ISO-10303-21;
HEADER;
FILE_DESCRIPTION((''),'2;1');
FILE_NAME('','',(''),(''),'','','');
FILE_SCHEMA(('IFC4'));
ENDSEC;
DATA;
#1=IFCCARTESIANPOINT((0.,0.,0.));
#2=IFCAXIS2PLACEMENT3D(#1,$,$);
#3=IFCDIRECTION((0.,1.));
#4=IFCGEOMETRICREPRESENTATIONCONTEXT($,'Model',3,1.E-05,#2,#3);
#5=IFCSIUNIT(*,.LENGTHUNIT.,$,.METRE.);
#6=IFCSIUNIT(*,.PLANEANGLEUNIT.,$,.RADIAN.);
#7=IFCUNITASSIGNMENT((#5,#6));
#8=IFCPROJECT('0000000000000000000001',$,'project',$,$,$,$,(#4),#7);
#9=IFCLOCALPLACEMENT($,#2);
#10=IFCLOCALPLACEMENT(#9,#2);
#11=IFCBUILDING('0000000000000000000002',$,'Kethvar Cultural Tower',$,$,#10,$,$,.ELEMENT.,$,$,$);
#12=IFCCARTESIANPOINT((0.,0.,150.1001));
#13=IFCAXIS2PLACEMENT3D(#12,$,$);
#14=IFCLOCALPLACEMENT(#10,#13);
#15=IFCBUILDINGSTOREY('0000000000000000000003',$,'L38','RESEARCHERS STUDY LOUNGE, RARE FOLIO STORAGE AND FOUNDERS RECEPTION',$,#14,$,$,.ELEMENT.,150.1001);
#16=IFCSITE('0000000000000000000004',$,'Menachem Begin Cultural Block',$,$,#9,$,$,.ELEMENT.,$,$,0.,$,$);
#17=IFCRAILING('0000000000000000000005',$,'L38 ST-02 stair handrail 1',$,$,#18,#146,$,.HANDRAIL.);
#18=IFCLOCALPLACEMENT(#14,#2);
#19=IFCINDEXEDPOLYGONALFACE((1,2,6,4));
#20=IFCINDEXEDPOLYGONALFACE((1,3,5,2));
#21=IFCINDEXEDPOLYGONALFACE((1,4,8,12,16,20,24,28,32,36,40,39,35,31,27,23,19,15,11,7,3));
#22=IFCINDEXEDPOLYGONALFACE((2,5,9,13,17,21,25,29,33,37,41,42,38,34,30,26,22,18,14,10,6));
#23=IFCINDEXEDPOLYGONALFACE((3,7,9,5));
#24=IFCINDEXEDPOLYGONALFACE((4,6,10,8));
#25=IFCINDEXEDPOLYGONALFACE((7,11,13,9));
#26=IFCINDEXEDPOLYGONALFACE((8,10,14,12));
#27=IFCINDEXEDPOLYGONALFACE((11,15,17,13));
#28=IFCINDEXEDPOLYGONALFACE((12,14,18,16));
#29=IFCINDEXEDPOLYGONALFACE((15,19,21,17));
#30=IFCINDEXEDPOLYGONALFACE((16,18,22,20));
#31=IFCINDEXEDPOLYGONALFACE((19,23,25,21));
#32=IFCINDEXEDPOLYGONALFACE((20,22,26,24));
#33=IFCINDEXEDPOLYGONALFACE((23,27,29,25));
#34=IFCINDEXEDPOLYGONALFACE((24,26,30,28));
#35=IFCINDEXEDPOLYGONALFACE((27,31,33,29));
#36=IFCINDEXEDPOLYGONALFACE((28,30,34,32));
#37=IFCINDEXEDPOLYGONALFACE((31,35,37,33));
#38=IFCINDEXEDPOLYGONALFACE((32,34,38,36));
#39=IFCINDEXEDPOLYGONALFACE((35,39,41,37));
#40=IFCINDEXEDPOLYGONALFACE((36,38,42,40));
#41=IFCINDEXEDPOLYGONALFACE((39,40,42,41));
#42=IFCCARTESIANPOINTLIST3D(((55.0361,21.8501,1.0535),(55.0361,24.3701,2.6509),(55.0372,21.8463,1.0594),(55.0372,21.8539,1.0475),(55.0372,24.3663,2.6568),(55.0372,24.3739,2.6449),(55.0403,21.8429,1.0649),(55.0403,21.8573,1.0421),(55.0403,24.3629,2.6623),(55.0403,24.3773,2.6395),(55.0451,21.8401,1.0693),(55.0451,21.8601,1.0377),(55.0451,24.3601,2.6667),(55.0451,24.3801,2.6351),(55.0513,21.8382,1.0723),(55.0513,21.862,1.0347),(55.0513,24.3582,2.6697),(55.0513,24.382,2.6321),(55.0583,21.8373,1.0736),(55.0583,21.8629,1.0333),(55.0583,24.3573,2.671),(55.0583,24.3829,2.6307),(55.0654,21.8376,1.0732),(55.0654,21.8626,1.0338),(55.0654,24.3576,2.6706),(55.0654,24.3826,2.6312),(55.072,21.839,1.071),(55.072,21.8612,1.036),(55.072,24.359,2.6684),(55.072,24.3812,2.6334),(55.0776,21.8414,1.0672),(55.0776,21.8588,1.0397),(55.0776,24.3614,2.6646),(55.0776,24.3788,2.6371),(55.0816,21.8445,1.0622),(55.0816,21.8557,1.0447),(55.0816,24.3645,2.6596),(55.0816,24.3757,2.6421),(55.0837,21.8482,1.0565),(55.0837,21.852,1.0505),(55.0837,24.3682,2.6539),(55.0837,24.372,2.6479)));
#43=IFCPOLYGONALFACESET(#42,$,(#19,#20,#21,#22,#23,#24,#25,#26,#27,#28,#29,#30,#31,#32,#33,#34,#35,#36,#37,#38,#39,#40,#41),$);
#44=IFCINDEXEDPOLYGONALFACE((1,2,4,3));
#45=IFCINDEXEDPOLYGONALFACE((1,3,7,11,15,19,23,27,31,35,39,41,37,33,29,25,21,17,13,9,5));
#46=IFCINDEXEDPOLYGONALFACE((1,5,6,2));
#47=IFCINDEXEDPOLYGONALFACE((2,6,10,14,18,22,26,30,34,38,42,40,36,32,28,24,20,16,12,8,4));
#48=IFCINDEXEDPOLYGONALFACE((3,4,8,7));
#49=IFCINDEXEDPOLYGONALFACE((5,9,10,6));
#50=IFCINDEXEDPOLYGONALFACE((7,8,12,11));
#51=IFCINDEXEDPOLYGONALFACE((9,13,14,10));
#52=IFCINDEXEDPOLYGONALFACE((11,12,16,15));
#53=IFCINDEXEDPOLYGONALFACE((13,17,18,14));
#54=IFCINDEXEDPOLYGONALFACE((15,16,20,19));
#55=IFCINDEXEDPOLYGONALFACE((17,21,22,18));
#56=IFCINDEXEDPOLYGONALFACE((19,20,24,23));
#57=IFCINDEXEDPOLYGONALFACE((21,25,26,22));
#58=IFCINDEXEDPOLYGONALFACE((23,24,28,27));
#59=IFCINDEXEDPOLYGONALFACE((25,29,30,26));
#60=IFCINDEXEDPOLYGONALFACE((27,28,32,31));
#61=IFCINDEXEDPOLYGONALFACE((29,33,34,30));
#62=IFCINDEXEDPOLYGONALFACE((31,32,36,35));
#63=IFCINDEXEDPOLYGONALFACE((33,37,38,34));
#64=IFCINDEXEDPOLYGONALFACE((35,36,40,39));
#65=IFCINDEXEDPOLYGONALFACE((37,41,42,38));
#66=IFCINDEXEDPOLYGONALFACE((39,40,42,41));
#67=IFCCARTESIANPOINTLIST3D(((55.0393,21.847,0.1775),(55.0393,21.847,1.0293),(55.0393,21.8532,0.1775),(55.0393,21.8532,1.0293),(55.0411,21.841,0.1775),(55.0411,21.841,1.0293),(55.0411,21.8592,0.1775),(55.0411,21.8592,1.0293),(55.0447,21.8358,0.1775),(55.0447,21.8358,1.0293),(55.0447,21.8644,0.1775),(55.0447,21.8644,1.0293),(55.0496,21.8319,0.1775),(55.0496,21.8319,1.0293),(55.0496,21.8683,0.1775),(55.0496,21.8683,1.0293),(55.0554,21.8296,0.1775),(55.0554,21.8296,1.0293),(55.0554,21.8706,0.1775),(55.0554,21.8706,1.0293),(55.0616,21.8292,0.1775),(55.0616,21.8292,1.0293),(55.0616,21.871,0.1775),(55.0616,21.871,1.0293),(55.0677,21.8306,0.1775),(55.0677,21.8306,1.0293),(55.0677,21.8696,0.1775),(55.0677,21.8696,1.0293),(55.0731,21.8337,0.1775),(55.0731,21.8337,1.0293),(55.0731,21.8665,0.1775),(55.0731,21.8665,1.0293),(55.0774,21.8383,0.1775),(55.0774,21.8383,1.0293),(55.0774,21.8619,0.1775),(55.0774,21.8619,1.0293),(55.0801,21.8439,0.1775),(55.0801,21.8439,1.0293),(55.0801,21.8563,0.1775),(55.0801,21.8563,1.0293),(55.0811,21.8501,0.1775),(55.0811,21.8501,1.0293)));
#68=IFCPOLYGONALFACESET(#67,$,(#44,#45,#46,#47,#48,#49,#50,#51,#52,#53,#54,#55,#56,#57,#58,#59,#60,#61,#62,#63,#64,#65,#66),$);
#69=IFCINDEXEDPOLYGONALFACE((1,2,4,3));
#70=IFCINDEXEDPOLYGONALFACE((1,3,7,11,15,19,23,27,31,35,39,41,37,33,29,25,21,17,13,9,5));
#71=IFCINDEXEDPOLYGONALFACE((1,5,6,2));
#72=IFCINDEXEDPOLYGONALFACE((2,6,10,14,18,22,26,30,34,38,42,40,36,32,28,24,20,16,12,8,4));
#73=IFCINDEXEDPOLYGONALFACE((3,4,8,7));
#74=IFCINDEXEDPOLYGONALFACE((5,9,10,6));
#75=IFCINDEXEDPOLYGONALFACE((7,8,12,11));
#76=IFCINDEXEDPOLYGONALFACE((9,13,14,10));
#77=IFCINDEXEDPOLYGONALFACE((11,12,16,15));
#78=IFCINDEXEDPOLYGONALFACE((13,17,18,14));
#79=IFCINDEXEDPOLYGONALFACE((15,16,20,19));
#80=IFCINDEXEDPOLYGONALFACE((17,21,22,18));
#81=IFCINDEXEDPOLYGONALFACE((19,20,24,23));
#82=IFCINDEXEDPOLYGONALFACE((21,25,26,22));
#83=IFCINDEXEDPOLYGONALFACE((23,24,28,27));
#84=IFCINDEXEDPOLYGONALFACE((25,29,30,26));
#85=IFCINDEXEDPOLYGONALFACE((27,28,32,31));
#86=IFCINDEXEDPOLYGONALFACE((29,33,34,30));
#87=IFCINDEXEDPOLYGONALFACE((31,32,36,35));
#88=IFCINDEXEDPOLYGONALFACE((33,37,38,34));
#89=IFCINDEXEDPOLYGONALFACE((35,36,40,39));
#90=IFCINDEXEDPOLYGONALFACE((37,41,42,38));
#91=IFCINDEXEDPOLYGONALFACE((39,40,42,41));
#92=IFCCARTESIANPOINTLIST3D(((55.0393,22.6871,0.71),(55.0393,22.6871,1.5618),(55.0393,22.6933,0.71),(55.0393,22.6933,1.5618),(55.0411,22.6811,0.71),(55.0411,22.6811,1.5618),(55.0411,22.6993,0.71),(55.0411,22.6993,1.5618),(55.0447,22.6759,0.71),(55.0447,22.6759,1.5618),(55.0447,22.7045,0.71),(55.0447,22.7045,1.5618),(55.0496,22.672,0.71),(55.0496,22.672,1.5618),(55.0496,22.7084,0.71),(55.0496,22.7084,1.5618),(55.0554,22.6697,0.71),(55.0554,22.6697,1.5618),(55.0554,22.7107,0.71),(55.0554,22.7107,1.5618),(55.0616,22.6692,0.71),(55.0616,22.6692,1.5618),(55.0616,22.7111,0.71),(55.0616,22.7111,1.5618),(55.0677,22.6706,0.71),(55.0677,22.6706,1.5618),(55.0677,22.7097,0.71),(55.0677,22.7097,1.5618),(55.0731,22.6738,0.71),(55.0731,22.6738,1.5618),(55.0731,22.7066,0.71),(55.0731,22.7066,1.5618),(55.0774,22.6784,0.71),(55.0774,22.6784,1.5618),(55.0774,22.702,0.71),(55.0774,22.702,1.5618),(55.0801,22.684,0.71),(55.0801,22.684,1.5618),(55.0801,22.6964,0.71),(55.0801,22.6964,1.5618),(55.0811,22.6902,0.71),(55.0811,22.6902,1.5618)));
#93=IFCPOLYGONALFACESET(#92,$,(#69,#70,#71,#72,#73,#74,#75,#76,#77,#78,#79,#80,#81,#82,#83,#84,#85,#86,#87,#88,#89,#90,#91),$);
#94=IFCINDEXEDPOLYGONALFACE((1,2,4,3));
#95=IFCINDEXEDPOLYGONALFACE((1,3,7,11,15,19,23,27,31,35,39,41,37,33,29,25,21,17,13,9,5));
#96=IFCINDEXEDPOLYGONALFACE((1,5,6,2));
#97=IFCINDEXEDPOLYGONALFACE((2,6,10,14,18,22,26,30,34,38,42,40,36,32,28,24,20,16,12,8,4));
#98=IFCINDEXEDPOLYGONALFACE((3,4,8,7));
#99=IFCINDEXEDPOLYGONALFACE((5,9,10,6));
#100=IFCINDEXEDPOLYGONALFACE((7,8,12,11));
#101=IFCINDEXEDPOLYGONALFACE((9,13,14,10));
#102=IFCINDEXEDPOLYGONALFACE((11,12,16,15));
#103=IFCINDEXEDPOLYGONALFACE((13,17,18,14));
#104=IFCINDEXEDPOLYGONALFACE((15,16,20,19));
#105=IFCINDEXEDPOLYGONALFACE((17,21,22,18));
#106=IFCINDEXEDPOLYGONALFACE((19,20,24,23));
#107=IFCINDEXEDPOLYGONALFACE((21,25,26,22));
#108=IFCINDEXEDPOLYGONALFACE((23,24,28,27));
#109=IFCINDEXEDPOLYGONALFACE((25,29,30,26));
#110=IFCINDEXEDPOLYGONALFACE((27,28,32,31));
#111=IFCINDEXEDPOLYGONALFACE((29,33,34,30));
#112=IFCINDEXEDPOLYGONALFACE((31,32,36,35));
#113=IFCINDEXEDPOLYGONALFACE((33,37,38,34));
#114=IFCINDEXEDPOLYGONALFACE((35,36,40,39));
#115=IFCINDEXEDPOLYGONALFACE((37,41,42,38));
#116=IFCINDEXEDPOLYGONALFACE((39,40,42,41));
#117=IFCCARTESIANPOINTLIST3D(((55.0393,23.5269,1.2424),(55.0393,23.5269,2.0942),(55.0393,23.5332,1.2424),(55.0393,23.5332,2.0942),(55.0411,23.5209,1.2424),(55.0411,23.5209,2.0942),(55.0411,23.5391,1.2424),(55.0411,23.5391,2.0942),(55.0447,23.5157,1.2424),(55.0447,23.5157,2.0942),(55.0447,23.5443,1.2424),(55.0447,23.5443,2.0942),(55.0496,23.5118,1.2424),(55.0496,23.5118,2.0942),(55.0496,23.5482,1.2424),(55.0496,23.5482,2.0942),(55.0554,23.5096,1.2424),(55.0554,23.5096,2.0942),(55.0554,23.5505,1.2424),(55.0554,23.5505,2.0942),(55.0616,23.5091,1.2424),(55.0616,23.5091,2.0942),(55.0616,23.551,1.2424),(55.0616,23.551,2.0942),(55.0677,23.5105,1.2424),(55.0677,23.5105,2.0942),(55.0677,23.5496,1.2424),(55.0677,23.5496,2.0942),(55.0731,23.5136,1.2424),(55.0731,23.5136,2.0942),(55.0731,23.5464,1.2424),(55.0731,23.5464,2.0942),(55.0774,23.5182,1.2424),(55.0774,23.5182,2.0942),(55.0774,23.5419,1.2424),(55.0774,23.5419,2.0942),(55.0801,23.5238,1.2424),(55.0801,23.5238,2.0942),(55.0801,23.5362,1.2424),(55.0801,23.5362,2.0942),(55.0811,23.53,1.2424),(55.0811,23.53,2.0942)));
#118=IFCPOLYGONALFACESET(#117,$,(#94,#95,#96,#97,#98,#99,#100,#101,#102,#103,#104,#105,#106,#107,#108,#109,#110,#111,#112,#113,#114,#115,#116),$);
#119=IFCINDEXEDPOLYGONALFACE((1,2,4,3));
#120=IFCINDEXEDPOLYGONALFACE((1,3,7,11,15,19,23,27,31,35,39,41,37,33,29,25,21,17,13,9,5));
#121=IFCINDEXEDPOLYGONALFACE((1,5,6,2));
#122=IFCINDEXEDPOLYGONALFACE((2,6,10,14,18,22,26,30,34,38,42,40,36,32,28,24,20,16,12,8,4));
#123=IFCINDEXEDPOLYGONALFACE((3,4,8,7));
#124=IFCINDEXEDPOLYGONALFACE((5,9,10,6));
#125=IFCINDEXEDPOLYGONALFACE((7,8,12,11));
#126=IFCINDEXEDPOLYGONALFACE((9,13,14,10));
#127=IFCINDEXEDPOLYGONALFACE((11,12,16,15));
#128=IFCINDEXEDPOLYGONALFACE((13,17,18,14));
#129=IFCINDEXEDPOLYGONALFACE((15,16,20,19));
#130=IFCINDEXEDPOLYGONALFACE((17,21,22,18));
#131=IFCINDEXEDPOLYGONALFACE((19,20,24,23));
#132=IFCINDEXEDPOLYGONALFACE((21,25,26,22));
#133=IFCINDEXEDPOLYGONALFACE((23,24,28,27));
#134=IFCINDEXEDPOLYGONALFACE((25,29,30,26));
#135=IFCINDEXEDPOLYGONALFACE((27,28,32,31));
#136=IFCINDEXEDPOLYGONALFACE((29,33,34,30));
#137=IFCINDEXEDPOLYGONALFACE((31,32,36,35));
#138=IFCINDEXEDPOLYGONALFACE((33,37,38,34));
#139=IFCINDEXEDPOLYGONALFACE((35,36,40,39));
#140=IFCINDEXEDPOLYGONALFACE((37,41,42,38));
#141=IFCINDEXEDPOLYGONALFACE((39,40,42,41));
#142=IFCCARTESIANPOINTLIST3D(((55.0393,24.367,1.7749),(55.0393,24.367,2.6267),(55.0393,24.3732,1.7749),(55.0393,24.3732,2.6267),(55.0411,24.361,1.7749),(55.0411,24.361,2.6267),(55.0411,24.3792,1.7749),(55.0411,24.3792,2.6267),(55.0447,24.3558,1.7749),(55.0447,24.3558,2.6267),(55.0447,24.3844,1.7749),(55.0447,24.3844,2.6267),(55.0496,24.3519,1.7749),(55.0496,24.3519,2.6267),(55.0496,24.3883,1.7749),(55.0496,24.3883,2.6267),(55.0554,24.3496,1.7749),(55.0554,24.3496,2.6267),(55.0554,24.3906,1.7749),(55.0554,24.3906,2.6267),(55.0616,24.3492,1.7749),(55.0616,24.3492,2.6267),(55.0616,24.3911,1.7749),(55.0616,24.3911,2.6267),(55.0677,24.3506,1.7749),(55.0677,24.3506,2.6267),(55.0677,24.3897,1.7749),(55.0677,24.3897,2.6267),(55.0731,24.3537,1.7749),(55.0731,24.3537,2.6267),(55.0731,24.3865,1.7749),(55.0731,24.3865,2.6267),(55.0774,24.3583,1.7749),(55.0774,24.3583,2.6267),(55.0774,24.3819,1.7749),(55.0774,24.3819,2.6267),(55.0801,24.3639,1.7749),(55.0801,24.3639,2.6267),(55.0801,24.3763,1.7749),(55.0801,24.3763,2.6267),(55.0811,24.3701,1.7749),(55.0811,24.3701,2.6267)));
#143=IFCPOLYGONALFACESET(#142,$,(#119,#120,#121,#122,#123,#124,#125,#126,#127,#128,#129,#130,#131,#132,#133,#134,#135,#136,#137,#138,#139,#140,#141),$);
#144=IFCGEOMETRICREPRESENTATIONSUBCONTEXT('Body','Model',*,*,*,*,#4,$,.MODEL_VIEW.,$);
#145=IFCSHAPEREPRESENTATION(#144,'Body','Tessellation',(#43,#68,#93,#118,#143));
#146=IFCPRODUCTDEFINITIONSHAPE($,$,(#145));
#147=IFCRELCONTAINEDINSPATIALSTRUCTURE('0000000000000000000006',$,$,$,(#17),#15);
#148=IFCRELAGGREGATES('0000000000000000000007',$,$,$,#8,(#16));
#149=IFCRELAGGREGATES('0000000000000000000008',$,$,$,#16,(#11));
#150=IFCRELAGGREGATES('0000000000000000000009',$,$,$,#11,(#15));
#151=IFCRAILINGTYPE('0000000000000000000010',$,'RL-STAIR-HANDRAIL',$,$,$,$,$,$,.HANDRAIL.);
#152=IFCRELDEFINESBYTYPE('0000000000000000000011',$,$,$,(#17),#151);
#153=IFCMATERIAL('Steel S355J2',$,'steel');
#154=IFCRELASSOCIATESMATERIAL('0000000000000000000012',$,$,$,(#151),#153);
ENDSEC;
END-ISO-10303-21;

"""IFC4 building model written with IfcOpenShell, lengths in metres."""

from ifc_helpers import new_model, si_unit, direction, frame, origin, origin_2d, place, context, subcontext, project, spatial, circle, extrude, material, type_object, element, save


model = new_model("IFC4")

# Units and contexts
model_context = context("Model", 3, precision=1e-05, world=origin(), true_north=direction((0.0, 1.0)))
body_context = subcontext(model_context, "Body", "Model", "MODEL_VIEW")
ifc_project = project(units=[si_unit("LENGTHUNIT", "METRE"), si_unit("PLANEANGLEUNIT", "RADIAN")], contexts=[model_context])

# Site, building, storey
site_placement = place(None, origin())
site = spatial("IfcSite", under=ifc_project, at=site_placement, Name="Menachem Begin Cultural Block", CompositionType="ELEMENT", RefElevation=0.0)
building_placement = place(site_placement, origin())
building = spatial("IfcBuilding", under=site, at=building_placement, Name="Kethvar Cultural Tower", CompositionType="ELEMENT")
storey_placement = place(building_placement, frame((0.0, 0.0, 150.1001)))
storey = spatial("IfcBuildingStorey", under=building, at=storey_placement, Name="L38", Description="RESEARCHERS STUDY LOUNGE, RARE FOLIO STORAGE AND FOUNDERS RECEPTION", CompositionType="ELEMENT", Elevation=150.1001)

# Shared definitions
ifc_material_1 = material(Name="Steel S355J2", Category="steel")

# Railing
railing_type_1 = type_object("IfcRailingType", Name="RL-STAIR-HANDRAIL", PredefinedType="HANDRAIL", material=ifc_material_1)
railing_1_placement = place(storey_placement, frame((55.0601, 21.8501, 0.1775)))
element("IfcRailing", 1, at=railing_1_placement, inside=storey, type_object=railing_type_1, Name="L38 ST-02 stair handrail 1", PredefinedType="HANDRAIL", context=body_context, shape_type="SweptSolid", body=[
    extrude(circle(Radius=0.0239, at=origin_2d()), frame((0.0, 0.0, 0.876), z_axis=(0.0, 0.844607, 0.535387), x_axis=(-1.0, 0.0, 0.0)), (0.0, 0.0, 1.0), 2.9836),
    extrude(circle(Radius=0.021, at=origin_2d()), origin(), (0.0, 0.0, 1.0), 0.8518),
    extrude(circle(Radius=0.021, at=origin_2d()), frame((0.0, 0.8401, 0.5325)), (0.0, 0.0, 1.0), 0.8518),
    extrude(circle(Radius=0.021, at=origin_2d()), frame((0.0, 1.6799, 1.0649)), (0.0, 0.0, 1.0), 0.8518),
    extrude(circle(Radius=0.021, at=origin_2d()), frame((0.0, 2.52, 1.5974)), (0.0, 0.0, 1.0), 0.8518),
])

save(model, "model.ifc")
